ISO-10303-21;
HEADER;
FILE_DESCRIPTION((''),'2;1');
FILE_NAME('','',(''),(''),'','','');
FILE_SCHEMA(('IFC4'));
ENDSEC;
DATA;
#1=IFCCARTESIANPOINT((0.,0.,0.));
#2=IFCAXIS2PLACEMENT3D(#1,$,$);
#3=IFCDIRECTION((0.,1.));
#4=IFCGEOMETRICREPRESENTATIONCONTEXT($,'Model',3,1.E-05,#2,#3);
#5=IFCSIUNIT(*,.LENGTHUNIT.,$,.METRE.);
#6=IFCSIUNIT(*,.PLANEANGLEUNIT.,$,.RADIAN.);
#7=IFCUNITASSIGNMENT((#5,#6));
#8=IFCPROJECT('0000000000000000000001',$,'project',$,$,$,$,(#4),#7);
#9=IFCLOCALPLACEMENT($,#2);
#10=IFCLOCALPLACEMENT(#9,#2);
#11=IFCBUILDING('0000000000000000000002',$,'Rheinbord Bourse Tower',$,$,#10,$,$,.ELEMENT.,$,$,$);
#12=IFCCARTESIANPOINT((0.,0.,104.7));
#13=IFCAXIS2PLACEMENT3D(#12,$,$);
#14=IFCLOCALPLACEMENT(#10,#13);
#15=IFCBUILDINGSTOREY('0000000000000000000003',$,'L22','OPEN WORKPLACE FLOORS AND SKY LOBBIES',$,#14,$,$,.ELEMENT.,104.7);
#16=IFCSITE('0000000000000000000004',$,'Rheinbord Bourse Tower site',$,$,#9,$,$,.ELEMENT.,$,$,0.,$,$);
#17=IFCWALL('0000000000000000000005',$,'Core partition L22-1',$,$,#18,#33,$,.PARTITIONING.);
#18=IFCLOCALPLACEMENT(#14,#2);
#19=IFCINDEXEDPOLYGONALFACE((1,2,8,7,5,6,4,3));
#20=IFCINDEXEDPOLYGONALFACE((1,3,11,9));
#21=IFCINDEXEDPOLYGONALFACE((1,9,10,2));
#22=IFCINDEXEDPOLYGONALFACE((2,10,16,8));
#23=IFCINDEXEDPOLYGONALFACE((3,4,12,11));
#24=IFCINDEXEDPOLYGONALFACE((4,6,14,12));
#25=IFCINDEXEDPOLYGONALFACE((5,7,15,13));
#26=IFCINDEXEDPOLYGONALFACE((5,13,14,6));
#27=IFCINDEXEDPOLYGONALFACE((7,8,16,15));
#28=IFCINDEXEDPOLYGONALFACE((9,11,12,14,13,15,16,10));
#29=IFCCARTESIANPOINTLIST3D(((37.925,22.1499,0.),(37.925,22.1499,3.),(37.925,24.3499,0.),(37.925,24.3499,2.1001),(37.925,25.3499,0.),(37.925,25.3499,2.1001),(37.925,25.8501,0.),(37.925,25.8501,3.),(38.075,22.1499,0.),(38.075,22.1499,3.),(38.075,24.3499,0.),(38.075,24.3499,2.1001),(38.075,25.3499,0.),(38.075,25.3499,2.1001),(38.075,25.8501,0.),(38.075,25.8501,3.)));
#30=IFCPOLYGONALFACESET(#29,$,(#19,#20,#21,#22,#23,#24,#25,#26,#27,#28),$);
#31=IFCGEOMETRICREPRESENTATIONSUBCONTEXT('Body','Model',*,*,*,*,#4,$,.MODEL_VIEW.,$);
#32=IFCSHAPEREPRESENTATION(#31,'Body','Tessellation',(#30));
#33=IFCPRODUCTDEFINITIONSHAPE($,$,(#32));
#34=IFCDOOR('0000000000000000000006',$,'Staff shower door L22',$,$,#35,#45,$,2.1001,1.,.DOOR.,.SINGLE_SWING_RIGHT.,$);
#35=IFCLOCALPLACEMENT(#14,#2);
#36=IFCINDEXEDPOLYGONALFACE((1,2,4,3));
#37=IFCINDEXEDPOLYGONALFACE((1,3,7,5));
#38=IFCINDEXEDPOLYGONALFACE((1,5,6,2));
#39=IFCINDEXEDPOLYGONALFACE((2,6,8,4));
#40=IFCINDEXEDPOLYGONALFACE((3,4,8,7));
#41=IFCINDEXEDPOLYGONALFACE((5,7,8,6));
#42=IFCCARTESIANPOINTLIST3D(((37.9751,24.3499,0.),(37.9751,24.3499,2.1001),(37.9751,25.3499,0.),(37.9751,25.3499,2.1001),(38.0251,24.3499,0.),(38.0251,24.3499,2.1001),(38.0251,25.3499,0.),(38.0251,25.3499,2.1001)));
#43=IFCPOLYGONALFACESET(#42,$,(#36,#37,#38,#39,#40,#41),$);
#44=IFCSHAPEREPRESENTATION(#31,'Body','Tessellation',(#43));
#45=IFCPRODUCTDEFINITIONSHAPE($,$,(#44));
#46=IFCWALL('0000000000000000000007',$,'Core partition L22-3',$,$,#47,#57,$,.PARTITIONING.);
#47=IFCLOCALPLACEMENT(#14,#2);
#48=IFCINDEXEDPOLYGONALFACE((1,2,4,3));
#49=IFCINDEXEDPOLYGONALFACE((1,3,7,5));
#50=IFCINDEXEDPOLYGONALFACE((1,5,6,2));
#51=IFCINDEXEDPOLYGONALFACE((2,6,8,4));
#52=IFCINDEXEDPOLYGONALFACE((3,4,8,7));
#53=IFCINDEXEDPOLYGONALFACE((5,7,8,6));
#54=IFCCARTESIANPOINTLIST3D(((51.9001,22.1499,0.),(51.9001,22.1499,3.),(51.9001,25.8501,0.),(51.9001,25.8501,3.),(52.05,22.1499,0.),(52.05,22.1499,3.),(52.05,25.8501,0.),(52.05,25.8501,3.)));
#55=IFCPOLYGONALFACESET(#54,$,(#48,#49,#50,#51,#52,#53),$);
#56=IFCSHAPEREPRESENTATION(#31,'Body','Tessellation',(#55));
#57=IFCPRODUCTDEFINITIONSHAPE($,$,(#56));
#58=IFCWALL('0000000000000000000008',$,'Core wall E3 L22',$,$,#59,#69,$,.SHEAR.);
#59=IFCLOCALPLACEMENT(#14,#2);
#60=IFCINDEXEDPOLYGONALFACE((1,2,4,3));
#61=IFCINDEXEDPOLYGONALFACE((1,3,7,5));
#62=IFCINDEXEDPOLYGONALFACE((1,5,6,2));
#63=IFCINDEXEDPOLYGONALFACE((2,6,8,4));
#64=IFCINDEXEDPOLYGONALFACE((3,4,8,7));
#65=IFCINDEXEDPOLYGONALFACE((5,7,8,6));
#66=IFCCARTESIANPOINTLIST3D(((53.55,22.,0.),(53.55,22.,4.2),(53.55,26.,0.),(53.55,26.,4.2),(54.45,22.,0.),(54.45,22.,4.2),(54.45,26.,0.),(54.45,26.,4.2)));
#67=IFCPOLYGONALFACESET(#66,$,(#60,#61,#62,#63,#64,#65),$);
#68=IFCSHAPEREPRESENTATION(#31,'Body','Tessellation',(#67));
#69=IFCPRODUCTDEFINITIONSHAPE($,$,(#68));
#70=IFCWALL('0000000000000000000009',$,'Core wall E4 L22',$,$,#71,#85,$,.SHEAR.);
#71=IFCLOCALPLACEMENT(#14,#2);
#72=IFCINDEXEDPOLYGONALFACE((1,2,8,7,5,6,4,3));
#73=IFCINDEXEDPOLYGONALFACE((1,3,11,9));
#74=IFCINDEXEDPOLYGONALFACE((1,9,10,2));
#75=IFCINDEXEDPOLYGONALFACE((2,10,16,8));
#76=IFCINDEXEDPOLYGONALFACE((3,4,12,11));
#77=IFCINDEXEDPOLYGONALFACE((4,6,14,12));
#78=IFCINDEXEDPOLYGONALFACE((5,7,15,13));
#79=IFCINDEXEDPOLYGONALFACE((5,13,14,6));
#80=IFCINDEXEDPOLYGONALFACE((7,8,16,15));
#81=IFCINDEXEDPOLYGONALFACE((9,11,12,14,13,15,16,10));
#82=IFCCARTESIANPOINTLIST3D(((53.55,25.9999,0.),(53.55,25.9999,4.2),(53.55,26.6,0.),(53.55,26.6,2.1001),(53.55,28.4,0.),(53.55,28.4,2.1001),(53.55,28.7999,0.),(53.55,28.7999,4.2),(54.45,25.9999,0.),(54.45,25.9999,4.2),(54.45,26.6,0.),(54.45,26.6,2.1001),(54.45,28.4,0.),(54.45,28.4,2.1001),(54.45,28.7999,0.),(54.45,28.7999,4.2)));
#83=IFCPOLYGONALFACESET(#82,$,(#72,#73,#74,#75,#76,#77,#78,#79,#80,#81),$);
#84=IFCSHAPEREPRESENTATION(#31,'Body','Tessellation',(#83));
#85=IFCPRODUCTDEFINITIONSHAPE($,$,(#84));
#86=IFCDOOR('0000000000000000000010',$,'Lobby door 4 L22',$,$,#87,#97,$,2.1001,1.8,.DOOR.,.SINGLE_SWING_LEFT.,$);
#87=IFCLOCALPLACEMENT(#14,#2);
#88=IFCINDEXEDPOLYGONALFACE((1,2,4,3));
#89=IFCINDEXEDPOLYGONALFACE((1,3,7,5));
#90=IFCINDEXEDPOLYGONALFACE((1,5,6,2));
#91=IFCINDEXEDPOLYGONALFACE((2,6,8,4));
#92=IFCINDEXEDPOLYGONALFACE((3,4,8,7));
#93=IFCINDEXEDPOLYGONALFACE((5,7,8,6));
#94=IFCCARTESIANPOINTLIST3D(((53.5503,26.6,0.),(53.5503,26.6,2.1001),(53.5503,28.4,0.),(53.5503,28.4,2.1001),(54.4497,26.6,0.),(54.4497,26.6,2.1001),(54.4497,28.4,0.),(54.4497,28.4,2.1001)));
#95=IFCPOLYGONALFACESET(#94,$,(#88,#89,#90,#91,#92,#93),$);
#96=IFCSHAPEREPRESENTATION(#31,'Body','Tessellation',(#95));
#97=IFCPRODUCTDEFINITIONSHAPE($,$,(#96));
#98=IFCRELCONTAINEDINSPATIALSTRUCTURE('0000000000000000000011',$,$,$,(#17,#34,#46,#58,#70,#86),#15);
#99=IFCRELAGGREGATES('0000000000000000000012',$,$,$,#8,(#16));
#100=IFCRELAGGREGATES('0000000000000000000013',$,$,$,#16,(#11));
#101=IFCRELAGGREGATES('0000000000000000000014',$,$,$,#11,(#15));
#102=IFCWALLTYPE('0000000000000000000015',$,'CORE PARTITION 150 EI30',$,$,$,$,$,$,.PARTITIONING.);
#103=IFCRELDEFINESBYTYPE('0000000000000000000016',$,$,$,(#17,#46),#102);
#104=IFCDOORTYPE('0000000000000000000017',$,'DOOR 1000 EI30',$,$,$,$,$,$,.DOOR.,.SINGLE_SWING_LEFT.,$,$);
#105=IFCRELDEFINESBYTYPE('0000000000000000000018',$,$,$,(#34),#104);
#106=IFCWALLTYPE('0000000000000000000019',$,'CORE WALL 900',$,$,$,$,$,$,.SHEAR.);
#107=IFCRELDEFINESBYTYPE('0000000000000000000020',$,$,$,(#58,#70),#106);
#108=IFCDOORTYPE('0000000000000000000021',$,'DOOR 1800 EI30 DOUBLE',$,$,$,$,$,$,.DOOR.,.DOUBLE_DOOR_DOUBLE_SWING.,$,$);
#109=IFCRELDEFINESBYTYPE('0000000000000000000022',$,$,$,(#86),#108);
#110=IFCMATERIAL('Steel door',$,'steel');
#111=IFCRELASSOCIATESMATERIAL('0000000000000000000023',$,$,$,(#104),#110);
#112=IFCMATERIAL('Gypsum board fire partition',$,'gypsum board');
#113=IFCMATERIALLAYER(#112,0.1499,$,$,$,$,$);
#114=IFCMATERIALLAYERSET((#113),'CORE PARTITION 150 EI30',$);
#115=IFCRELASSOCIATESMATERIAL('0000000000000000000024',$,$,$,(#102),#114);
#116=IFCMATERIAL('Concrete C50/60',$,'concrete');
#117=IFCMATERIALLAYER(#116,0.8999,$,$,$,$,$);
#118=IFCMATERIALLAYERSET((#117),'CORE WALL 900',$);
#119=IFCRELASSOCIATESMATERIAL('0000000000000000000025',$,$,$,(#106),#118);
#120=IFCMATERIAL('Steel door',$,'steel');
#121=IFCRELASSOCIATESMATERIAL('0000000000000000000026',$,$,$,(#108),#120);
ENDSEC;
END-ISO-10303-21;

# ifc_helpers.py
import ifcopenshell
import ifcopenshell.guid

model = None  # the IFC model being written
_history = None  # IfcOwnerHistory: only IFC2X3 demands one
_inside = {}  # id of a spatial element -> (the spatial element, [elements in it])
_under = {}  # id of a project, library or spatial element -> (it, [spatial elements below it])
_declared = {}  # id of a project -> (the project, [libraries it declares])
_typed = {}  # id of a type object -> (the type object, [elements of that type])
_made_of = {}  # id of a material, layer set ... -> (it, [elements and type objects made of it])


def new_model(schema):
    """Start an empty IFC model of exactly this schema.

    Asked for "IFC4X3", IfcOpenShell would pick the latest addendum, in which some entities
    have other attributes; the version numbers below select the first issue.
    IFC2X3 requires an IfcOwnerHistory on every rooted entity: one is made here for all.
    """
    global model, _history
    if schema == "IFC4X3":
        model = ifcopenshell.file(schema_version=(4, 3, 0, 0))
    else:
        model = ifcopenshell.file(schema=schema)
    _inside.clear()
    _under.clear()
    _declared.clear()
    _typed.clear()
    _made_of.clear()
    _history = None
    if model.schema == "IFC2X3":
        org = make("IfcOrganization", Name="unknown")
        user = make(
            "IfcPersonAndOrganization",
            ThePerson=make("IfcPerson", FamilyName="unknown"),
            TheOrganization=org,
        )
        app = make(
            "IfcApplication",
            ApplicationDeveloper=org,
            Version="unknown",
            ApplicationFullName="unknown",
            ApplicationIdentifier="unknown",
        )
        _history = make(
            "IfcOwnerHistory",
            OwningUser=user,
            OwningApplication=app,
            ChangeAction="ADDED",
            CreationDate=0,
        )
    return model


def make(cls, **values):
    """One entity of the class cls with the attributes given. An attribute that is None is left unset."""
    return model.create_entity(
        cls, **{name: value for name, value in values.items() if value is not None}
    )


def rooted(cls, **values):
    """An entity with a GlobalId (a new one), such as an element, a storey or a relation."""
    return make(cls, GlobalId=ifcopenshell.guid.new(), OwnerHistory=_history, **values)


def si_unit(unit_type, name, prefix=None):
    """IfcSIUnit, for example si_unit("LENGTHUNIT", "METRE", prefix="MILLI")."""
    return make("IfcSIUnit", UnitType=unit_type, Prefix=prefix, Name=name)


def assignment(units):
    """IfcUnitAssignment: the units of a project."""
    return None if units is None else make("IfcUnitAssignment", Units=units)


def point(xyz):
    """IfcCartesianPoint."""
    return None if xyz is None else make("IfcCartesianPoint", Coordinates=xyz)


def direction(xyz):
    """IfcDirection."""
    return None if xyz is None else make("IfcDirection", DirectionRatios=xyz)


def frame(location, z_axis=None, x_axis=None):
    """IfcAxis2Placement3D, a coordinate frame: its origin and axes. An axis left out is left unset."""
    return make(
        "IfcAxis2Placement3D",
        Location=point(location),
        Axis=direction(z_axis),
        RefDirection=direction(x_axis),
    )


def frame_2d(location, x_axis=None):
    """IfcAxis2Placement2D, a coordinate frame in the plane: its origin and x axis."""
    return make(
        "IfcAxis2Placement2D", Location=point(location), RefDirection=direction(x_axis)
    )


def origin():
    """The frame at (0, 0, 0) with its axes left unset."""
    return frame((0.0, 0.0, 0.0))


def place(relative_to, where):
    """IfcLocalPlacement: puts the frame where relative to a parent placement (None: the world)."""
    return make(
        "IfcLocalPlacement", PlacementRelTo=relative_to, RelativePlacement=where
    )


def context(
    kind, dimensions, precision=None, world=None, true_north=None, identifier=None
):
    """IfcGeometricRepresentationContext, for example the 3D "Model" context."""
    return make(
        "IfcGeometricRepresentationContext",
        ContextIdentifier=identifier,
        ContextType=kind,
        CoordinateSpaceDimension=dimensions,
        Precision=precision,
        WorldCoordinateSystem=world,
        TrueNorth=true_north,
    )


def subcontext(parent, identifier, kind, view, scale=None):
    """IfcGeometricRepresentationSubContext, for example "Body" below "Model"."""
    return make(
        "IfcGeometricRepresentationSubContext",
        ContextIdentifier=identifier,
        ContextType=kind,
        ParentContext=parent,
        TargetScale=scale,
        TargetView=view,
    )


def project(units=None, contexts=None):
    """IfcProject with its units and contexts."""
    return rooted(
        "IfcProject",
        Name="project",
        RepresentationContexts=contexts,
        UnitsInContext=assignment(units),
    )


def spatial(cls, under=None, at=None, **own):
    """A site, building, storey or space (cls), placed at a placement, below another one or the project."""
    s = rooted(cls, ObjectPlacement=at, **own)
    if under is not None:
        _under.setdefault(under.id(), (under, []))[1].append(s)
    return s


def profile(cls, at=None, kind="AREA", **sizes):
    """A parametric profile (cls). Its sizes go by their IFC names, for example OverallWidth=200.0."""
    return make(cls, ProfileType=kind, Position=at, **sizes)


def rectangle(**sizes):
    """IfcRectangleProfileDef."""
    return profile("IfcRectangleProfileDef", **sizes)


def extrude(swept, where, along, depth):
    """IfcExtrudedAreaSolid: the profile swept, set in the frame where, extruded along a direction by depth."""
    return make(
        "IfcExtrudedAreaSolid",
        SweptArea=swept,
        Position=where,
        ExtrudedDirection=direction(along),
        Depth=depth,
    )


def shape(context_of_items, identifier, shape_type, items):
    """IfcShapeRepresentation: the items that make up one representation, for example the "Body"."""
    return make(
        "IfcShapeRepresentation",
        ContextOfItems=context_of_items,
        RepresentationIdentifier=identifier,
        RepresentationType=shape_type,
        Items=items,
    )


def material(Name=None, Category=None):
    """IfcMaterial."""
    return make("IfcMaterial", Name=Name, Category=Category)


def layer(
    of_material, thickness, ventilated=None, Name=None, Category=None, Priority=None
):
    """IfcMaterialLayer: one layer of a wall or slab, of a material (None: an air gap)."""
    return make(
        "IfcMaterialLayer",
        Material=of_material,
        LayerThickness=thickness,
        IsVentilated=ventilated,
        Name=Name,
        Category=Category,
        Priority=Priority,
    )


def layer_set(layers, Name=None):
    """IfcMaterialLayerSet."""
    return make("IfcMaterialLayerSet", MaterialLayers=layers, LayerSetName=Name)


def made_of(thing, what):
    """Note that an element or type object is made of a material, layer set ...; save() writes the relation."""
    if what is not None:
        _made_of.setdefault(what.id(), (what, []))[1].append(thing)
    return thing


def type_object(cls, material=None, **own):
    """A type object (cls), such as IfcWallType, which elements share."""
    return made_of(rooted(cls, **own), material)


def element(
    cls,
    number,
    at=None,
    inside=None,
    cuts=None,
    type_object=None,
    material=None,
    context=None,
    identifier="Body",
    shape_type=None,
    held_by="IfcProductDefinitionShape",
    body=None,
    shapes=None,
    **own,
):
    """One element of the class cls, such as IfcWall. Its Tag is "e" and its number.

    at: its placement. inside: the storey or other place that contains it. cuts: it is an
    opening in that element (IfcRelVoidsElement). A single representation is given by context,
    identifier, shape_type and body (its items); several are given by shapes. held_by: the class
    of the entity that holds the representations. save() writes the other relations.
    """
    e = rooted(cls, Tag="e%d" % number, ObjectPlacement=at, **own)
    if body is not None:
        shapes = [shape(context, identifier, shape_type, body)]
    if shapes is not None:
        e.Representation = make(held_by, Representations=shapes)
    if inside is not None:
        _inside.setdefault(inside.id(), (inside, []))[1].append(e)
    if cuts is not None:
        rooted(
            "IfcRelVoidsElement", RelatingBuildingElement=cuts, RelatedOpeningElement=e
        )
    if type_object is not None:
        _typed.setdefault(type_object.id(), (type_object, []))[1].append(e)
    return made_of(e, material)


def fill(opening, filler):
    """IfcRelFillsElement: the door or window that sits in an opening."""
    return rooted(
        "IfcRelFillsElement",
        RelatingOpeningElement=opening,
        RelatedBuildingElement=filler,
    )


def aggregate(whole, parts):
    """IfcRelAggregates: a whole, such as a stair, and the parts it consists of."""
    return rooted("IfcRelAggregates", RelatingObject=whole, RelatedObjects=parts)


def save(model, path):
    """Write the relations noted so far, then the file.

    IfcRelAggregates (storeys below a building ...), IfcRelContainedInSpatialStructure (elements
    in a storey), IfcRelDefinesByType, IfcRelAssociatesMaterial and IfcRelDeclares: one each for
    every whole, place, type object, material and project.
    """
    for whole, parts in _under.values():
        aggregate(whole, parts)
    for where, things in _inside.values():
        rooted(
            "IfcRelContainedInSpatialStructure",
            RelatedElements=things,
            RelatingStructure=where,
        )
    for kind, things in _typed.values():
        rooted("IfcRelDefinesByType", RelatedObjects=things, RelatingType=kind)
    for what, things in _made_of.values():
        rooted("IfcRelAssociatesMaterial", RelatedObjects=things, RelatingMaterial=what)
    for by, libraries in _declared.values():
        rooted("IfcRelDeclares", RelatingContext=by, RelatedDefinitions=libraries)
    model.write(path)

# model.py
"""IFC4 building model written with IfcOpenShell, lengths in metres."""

from ifc_helpers import new_model, si_unit, direction, frame, frame_2d, origin, place, context, subcontext, project, spatial, rectangle, extrude, material, layer, layer_set, type_object, element, fill, save


model = new_model("IFC4")

# Units and contexts
model_context = context("Model", 3, precision=1e-05, world=origin(), true_north=direction((0.0, 1.0)))
body_context = subcontext(model_context, "Body", "Model", "MODEL_VIEW")
ifc_project = project(units=[si_unit("LENGTHUNIT", "METRE"), si_unit("PLANEANGLEUNIT", "RADIAN")], contexts=[model_context])

# Site, building, storey
site_placement = place(None, origin())
site = spatial("IfcSite", under=ifc_project, at=site_placement, Name="Rheinbord Bourse Tower site", CompositionType="ELEMENT", RefElevation=0.0)
building_placement = place(site_placement, origin())
building = spatial("IfcBuilding", under=site, at=building_placement, Name="Rheinbord Bourse Tower", CompositionType="ELEMENT")
storey_placement = place(building_placement, frame((0.0, 0.0, 104.7)))
storey = spatial("IfcBuildingStorey", under=building, at=storey_placement, Name="L22", Description="OPEN WORKPLACE FLOORS AND SKY LOBBIES", CompositionType="ELEMENT", Elevation=104.7)

# Shared definitions
ifc_material_1 = material(Name="Steel door", Category="steel")
door_type_1 = type_object("IfcDoorType", Name="DOOR 1000 EI30", OperationType="SINGLE_SWING_LEFT", PredefinedType="DOOR", material=ifc_material_1)

# Wall, opening, door
ifc_material_2 = material(Name="Gypsum board fire partition", Category="gypsum board")
ifc_layer_1 = layer(ifc_material_2, 0.1499)
ifc_layer_set_1 = layer_set([ifc_layer_1], Name="CORE PARTITION 150 EI30")
wall_type_1 = type_object("IfcWallType", Name="CORE PARTITION 150 EI30", PredefinedType="PARTITIONING", material=ifc_layer_set_1)
wall_1_placement = place(storey_placement, frame((38.0, 22.1499, 0.0), z_axis=(0.0, 0.0, 1.0), x_axis=(0.0, 1.0, 0.0)))
wall_1 = element("IfcWall", 1, at=wall_1_placement, inside=storey, type_object=wall_type_1, Name="Core partition L22-1", PredefinedType="PARTITIONING", context=body_context, shape_type="SweptSolid", body=[
    extrude(rectangle(XDim=3.7002, YDim=0.1499, at=frame_2d((1.8501, 0.0))), origin(), (0.0, 0.0, 1.0), 3.0),
])
opening_1_placement = place(wall_1_placement, frame((2.2, 0.0, 0.0)))
opening_1 = element("IfcOpeningElement", 2, at=opening_1_placement, cuts=wall_1, PredefinedType="OPENING", context=body_context, shape_type="SweptSolid", body=[
    extrude(rectangle(XDim=1.0, YDim=2.1001, at=frame_2d((0.5, 1.05))), frame((0.0, 0.085, 0.0), z_axis=(0.0, -1.0, 0.0), x_axis=(1.0, 0.0, 0.0)), (0.0, 0.0, 1.0), 0.1699),
])
door_1_placement = place(opening_1_placement, origin())
door_1 = element("IfcDoor", 3, at=door_1_placement, inside=storey, type_object=door_type_1, Name="Staff shower door L22", OperationType="SINGLE_SWING_RIGHT", OverallHeight=2.1001, OverallWidth=1.0, PredefinedType="DOOR", context=body_context, shape_type="SweptSolid", body=[
    extrude(rectangle(XDim=1.0, YDim=2.1001, at=frame_2d((0.5, 1.05))), frame((0.0, 0.0249, 0.0), z_axis=(0.0, -1.0, 0.0), x_axis=(1.0, 0.0, 0.0)), (0.0, 0.0, 1.0), 0.05),
])
fill(opening_1, door_1)

# Walls
wall_2_placement = place(storey_placement, frame((51.9751, 22.1499, 0.0), z_axis=(0.0, 0.0, 1.0), x_axis=(0.0, 1.0, 0.0)))
element("IfcWall", 4, at=wall_2_placement, inside=storey, type_object=wall_type_1, Name="Core partition L22-3", PredefinedType="PARTITIONING", context=body_context, shape_type="SweptSolid", body=[
    extrude(rectangle(XDim=3.7002, YDim=0.1499, at=frame_2d((1.8501, 0.0))), origin(), (0.0, 0.0, 1.0), 3.0),
])
ifc_material_3 = material(Name="Concrete C50/60", Category="concrete")
ifc_layer_2 = layer(ifc_material_3, 0.8999)
ifc_layer_set_2 = layer_set([ifc_layer_2], Name="CORE WALL 900")
wall_type_2 = type_object("IfcWallType", Name="CORE WALL 900", PredefinedType="SHEAR", material=ifc_layer_set_2)
wall_3_placement = place(storey_placement, frame((54.0, 22.0, 0.0), z_axis=(0.0, 0.0, 1.0), x_axis=(0.0, 1.0, 0.0)))
element("IfcWall", 5, at=wall_3_placement, inside=storey, type_object=wall_type_2, Name="Core wall E3 L22", PredefinedType="SHEAR", context=body_context, shape_type="SweptSolid", body=[
    extrude(rectangle(XDim=4.0, YDim=0.8999, at=frame_2d((2.0, 0.0))), origin(), (0.0, 0.0, 1.0), 4.2),
])

# Wall, opening, door
wall_4_placement = place(storey_placement, frame((54.0, 26.0, 0.0), z_axis=(0.0, 0.0, 1.0), x_axis=(0.0, 1.0, 0.0)))
wall_4 = element("IfcWall", 6, at=wall_4_placement, inside=storey, type_object=wall_type_2, Name="Core wall E4 L22", PredefinedType="SHEAR", context=body_context, shape_type="SweptSolid", body=[
    extrude(rectangle(XDim=2.8, YDim=0.8999, at=frame_2d((1.3999, 0.0))), origin(), (0.0, 0.0, 1.0), 4.2),
])
opening_2_placement = place(wall_4_placement, frame((0.6001, 0.0, 0.0)))
opening_2 = element("IfcOpeningElement", 7, at=opening_2_placement, cuts=wall_4, PredefinedType="OPENING", context=body_context, shape_type="SweptSolid", body=[
    extrude(rectangle(XDim=1.8, YDim=2.1001, at=frame_2d((0.8999, 1.05))), frame((0.0, 0.46, 0.0), z_axis=(0.0, -1.0, 0.0), x_axis=(1.0, 0.0, 0.0)), (0.0, 0.0, 1.0), 0.9199),
])
ifc_material_4 = material(Name="Steel door", Category="steel")
door_type_2 = type_object("IfcDoorType", Name="DOOR 1800 EI30 DOUBLE", OperationType="DOUBLE_DOOR_DOUBLE_SWING", PredefinedType="DOOR", material=ifc_material_4)
door_2_placement = place(opening_2_placement, origin())
door_2 = element("IfcDoor", 8, at=door_2_placement, inside=storey, type_object=door_type_2, Name="Lobby door 4 L22", OperationType="SINGLE_SWING_LEFT", OverallHeight=2.1001, OverallWidth=1.8, PredefinedType="DOOR", context=body_context, shape_type="SweptSolid", body=[
    extrude(rectangle(XDim=1.8, YDim=2.1001, at=frame_2d((0.8999, 1.05))), frame((0.0, 0.4497, 0.0), z_axis=(0.0, -1.0, 0.0), x_axis=(1.0, 0.0, 0.0)), (0.0, 0.0, 1.0), 0.8994),
])
fill(opening_2, door_2)

save(model, "model.ifc")
